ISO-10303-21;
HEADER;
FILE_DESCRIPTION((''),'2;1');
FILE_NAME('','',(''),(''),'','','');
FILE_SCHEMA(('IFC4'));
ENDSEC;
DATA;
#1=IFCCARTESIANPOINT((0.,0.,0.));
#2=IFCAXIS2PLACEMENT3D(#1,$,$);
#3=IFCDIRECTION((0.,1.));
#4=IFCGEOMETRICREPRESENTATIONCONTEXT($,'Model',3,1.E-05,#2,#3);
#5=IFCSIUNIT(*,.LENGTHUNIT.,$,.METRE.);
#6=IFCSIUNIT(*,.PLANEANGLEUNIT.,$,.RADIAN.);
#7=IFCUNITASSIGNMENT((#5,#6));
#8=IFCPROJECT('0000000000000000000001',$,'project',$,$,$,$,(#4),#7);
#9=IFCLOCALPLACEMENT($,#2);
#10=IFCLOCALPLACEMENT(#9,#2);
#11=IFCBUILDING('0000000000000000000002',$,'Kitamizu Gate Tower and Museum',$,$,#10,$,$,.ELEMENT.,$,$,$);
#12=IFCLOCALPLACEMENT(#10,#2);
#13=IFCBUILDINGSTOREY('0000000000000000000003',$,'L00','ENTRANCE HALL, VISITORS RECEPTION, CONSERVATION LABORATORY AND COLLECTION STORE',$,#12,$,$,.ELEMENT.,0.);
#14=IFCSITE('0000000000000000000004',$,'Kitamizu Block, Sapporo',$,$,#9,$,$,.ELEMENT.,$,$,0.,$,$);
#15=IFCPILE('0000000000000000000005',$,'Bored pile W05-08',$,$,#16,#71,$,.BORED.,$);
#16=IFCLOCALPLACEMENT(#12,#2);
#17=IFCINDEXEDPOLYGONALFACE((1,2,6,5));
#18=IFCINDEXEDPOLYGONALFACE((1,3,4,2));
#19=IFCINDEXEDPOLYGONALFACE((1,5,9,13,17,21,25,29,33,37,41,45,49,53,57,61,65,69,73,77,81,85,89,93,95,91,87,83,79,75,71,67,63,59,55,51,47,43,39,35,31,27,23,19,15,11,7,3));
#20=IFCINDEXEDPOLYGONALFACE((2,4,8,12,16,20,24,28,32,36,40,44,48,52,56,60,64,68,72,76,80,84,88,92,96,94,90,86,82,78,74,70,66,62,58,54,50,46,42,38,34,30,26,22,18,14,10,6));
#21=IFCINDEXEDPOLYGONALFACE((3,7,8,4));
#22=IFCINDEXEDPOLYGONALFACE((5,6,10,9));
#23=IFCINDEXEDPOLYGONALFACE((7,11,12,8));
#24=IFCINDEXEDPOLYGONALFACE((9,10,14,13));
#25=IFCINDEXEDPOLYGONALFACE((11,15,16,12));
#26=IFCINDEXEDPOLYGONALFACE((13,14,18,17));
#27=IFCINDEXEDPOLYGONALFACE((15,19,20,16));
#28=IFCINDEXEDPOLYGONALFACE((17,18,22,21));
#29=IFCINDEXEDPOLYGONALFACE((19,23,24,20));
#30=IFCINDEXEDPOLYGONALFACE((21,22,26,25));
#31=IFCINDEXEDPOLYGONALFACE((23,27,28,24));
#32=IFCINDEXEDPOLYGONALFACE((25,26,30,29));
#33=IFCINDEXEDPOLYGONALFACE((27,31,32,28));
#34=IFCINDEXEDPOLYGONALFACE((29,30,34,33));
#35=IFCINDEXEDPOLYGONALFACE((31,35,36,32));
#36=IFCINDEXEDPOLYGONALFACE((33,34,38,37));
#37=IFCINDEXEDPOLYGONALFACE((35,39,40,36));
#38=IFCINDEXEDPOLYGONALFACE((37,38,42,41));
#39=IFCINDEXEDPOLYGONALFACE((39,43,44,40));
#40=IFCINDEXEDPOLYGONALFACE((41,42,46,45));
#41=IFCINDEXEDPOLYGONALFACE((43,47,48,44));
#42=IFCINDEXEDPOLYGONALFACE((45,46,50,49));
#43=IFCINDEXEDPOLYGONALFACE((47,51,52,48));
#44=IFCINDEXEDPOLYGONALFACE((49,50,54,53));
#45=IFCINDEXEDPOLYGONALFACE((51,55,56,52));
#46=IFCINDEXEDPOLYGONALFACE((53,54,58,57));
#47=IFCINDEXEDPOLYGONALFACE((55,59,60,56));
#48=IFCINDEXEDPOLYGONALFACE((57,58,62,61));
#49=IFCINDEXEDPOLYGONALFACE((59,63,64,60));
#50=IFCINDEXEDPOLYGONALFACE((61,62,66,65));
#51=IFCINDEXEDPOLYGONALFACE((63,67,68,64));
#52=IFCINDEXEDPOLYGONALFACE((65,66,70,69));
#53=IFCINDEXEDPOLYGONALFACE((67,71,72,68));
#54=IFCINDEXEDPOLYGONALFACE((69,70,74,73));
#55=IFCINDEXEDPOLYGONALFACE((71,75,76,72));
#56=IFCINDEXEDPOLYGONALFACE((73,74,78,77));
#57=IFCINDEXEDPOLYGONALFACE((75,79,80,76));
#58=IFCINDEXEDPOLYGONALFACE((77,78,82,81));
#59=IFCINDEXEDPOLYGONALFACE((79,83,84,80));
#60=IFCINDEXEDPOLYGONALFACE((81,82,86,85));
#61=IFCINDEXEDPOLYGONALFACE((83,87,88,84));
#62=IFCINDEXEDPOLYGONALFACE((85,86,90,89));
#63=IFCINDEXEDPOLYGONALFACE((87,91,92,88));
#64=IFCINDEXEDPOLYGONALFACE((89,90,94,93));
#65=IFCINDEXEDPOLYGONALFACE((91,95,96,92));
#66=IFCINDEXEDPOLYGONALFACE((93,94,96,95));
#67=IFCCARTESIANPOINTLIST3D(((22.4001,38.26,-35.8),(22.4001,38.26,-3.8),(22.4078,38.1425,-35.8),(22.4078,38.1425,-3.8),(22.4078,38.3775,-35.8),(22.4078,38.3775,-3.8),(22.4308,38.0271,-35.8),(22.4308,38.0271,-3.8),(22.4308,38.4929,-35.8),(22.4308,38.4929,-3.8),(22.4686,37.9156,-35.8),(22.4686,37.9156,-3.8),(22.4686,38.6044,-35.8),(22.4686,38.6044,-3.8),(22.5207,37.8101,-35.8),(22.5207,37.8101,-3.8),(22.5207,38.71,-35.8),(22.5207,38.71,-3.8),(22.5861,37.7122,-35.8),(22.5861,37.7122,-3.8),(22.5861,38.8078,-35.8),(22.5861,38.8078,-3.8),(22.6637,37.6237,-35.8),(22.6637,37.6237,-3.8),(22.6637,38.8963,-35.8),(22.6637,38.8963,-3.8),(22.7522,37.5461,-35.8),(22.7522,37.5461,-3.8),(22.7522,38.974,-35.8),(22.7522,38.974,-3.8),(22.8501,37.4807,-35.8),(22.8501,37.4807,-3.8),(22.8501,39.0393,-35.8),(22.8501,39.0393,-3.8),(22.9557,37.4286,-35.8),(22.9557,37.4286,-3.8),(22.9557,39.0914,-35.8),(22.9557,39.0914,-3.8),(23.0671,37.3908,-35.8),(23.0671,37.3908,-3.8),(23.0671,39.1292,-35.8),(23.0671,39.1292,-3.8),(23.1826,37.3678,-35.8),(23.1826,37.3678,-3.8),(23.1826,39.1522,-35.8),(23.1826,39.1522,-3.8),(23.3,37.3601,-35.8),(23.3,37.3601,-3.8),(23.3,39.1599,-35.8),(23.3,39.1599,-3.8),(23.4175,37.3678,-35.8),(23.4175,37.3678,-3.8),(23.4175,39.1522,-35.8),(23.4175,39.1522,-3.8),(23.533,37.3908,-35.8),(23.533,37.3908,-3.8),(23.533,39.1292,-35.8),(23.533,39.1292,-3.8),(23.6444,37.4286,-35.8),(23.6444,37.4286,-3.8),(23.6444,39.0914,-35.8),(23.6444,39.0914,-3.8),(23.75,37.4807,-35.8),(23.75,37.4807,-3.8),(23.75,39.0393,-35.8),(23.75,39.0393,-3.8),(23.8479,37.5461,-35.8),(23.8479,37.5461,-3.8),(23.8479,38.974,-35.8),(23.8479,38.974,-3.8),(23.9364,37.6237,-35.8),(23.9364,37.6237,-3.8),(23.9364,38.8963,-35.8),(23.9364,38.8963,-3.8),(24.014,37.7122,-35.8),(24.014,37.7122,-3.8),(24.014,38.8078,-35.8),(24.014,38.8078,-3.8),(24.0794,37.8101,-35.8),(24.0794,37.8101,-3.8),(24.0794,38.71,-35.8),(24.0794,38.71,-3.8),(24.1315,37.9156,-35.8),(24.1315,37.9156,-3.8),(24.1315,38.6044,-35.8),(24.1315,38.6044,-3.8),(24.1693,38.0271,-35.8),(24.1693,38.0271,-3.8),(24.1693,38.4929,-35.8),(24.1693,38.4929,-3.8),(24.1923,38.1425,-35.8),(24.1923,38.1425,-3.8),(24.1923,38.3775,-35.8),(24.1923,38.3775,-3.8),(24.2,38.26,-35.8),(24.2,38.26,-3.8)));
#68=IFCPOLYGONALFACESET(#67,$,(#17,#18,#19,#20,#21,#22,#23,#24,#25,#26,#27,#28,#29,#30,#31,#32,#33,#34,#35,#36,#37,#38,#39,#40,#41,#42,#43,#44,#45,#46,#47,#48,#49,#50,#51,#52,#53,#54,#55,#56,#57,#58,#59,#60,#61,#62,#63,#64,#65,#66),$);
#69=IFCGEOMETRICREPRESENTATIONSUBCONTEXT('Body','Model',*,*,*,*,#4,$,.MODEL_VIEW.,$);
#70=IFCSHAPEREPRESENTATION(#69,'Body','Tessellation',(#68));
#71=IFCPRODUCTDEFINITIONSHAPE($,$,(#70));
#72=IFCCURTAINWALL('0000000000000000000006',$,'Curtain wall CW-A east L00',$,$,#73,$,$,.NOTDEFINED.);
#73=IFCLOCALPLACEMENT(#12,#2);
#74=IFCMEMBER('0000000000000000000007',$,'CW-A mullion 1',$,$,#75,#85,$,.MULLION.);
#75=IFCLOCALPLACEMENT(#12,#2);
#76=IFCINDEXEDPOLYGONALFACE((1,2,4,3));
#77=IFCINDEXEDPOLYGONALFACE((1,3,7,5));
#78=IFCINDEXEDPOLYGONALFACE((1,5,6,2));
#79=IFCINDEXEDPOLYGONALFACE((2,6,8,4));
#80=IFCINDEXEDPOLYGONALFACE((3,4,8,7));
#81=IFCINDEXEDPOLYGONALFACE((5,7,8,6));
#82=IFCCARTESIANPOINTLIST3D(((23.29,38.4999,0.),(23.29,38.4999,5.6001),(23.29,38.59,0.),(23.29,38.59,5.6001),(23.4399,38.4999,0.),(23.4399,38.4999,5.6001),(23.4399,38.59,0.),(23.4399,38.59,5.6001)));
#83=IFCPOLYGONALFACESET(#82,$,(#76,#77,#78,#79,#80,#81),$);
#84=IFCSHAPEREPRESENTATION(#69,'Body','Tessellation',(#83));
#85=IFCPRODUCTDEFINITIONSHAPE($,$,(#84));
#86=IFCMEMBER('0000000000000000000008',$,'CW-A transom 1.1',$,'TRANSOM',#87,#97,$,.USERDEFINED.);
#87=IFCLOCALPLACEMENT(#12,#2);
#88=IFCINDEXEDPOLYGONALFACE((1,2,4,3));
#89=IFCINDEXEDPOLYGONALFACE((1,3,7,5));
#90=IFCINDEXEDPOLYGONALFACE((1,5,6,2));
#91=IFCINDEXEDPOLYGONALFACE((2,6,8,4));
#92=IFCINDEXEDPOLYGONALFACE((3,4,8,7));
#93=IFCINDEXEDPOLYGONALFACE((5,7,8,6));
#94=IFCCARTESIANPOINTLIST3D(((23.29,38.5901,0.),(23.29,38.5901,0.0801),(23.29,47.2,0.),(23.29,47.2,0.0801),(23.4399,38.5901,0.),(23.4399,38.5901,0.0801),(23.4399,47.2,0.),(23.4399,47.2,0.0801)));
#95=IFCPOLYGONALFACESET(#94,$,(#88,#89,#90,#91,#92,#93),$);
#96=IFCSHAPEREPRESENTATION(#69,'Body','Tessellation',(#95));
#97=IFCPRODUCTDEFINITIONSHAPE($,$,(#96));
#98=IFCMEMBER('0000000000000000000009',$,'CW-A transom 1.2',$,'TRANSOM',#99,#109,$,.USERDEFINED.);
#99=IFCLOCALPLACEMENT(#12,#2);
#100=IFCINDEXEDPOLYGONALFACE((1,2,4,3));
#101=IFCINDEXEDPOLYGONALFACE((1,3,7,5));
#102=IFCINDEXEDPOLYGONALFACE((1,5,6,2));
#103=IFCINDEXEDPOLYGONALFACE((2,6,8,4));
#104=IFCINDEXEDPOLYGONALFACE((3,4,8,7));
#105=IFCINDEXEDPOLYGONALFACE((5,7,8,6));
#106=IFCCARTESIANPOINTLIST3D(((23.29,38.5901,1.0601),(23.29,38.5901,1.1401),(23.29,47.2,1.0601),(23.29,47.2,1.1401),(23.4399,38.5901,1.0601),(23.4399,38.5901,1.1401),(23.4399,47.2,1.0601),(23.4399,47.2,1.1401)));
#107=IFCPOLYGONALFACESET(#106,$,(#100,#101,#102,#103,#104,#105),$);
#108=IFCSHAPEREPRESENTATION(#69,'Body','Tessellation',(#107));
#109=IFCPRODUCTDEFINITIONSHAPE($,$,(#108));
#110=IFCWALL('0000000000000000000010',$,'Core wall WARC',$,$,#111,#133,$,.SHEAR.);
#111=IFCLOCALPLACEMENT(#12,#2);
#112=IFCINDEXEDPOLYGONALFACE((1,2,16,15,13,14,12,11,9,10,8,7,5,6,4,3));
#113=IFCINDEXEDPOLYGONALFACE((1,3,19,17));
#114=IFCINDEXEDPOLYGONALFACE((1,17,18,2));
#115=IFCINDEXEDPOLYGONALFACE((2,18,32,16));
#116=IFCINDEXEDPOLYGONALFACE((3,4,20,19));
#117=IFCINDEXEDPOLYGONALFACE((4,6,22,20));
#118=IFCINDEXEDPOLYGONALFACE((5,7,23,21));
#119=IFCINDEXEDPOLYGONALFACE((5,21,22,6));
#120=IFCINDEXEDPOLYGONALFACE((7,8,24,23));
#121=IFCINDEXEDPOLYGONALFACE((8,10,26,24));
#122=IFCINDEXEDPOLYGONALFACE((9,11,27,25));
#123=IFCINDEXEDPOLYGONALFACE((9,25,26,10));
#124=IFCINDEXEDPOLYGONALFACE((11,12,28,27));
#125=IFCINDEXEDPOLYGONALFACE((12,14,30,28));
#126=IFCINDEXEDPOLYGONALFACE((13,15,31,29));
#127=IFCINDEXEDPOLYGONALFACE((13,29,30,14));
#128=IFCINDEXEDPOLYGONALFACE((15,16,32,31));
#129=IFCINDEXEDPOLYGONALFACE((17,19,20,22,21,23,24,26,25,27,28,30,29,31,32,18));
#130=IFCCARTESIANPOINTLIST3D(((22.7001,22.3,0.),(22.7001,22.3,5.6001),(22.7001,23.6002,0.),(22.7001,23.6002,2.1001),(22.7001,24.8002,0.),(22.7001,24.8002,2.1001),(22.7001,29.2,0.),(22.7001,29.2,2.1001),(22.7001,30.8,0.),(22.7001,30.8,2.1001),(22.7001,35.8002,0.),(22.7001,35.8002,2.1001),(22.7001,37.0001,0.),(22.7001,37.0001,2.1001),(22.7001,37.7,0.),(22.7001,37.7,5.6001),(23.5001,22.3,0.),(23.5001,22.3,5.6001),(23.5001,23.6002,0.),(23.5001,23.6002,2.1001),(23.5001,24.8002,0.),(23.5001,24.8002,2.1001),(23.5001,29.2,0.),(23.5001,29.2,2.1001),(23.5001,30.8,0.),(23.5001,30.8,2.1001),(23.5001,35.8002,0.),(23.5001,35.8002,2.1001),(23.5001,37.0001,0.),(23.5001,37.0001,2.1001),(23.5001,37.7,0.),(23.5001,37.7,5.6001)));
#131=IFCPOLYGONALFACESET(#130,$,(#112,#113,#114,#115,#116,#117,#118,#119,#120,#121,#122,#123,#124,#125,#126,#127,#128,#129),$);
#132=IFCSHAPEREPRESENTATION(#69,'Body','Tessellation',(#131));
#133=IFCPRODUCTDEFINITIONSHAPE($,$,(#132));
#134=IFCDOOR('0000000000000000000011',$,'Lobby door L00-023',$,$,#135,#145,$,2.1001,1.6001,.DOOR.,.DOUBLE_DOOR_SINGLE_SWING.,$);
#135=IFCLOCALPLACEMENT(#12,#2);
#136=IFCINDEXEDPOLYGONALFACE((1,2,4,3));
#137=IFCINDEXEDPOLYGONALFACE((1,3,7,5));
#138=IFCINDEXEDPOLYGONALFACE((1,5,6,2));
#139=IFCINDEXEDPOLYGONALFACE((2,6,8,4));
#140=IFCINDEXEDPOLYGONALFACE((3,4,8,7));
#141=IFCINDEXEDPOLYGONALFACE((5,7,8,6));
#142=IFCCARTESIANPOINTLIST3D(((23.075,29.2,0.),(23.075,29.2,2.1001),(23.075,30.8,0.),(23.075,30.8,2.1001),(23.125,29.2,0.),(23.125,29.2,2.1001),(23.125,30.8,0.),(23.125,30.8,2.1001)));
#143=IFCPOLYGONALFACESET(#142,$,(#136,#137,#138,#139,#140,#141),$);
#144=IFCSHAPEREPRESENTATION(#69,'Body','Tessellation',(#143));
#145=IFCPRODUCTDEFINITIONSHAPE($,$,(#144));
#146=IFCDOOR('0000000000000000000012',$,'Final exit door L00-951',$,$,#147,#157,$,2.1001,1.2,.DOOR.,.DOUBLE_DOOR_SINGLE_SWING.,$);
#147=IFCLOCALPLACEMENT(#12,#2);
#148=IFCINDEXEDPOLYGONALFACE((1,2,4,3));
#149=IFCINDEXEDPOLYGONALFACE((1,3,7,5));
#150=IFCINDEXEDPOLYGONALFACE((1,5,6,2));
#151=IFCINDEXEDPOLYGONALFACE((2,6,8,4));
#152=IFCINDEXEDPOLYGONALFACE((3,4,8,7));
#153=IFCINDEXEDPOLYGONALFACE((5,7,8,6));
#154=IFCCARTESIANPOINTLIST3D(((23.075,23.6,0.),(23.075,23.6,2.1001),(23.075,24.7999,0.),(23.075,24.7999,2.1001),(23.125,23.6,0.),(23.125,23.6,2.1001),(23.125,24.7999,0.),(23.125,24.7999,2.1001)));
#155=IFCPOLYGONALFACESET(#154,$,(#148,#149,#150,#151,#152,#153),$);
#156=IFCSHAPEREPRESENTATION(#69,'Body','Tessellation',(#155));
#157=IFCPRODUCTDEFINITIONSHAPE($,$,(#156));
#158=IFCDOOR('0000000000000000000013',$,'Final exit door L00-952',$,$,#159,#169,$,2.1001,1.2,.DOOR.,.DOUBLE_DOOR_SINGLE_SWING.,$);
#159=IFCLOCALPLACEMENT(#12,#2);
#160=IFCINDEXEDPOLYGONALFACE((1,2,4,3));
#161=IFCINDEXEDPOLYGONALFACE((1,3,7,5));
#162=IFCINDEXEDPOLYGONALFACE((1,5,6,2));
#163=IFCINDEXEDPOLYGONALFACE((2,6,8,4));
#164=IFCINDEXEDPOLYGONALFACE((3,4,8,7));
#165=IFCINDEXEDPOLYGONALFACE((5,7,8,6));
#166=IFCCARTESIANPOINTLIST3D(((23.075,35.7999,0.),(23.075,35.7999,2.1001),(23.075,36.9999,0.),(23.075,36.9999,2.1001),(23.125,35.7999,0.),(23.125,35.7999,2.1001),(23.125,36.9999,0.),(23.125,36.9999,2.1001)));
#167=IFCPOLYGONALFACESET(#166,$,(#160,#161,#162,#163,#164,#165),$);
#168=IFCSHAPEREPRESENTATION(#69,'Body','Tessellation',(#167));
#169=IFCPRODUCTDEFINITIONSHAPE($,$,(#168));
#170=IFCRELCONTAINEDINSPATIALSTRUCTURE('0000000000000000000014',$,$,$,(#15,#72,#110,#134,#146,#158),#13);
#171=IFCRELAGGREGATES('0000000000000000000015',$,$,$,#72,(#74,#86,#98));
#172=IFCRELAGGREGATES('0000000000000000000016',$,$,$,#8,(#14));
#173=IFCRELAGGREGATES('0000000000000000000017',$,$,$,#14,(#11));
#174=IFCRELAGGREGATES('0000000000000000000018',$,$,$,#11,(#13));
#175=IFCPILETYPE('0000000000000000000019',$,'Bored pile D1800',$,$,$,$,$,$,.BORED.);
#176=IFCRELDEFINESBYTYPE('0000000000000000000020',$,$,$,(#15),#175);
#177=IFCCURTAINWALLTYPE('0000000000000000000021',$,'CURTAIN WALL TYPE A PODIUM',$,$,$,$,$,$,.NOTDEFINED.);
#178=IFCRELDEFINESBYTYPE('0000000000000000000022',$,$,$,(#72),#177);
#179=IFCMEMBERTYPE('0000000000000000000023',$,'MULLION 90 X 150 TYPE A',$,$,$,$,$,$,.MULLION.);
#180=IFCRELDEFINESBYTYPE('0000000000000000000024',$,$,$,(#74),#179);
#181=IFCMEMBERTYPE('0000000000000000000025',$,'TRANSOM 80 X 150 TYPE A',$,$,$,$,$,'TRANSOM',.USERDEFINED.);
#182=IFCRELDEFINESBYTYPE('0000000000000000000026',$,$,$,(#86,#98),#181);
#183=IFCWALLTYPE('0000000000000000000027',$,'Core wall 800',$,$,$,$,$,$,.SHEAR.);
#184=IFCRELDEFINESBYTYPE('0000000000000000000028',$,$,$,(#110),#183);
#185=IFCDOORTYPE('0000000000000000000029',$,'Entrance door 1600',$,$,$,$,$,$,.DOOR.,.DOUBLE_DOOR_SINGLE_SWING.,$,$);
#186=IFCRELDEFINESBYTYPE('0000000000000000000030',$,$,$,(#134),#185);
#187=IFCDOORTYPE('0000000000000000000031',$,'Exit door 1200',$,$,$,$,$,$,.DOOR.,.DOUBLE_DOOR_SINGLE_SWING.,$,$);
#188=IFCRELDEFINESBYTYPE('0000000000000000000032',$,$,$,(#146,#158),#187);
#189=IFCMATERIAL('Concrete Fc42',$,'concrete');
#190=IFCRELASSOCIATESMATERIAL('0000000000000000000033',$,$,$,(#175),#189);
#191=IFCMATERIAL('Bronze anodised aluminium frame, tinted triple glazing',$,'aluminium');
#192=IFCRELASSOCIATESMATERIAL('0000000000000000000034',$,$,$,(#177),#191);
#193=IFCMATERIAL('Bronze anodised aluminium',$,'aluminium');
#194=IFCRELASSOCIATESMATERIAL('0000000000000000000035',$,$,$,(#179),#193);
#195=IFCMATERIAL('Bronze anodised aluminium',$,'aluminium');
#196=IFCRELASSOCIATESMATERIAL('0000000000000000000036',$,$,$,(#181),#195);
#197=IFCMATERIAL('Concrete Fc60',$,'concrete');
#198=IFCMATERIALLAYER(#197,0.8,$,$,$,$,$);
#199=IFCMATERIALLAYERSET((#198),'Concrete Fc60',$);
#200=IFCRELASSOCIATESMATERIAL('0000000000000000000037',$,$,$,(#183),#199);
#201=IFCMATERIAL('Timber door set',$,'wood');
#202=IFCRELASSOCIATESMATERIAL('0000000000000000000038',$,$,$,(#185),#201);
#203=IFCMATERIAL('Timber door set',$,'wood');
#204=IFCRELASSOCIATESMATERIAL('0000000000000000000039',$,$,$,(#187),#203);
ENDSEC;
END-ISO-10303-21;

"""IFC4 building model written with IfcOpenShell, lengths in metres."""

from ifc_helpers import new_model, si_unit, direction, frame, frame_2d, origin, origin_2d, place, context, subcontext, project, spatial, rectangle, circle, extrude, material, layer, layer_set, material_profile, profile_set, type_object, element, fill, aggregate, save


model = new_model("IFC4")

# Units and contexts
model_context = context("Model", 3, precision=1e-05, world=origin(), true_north=direction((0.0, 1.0)))
body_context = subcontext(model_context, "Body", "Model", "MODEL_VIEW")
ifc_project = project(units=[si_unit("LENGTHUNIT", "METRE"), si_unit("PLANEANGLEUNIT", "RADIAN")], contexts=[model_context])

# Site, building, storey
site_placement = place(None, origin())
site = spatial("IfcSite", under=ifc_project, at=site_placement, Name="Kitamizu Block, Sapporo", CompositionType="ELEMENT", RefElevation=0.0)
building_placement = place(site_placement, origin())
building = spatial("IfcBuilding", under=site, at=building_placement, Name="Kitamizu Gate Tower and Museum", CompositionType="ELEMENT")
storey_placement = place(building_placement, origin())
storey = spatial("IfcBuildingStorey", under=building, at=storey_placement, Name="L00", Description="ENTRANCE HALL, VISITORS RECEPTION, CONSERVATION LABORATORY AND COLLECTION STORE", CompositionType="ELEMENT", Elevation=0.0)

# Pile
ifc_material_1 = material(Name="Concrete Fc42", Category="concrete")
ifc_material_profile_1 = material_profile(ifc_material_1, circle(Radius=0.8999, at=origin_2d()), Name="Bored pile D1800")
ifc_profile_set_1 = profile_set([ifc_material_profile_1], Name="Concrete Fc42")
pile_type = type_object("IfcPileType", Name="Bored pile D1800", PredefinedType="BORED", material=ifc_profile_set_1)
for number, where, z_axis, x_axis, name in (
    (1, (23.3, 38.26, -3.8), (0.0, 0.0, -1.0), (1.0, 0.0, 0.0), "Bored pile W05-08"),
):
    element("IfcPile", number, at=place(storey_placement, frame(where, z_axis=z_axis, x_axis=x_axis)), inside=storey, type_object=pile_type, Name=name, PredefinedType="BORED", context=body_context, shape_type="SweptSolid", body=[
        extrude(circle(Radius=0.8999, at=origin_2d()), origin(), (0.0, 0.0, 1.0), 32.0),
    ])

# Curtain wall, members
ifc_material_2 = material(Name="Bronze anodised aluminium frame, tinted triple glazing", Category="aluminium")
curtain_wall_type = type_object("IfcCurtainWallType", Name="CURTAIN WALL TYPE A PODIUM", PredefinedType="NOTDEFINED", material=ifc_material_2)
curtain_wall_placement = place(storey_placement, origin())
curtain_wall = element("IfcCurtainWall", 2, at=curtain_wall_placement, inside=storey, type_object=curtain_wall_type, Name="Curtain wall CW-A east L00", PredefinedType="NOTDEFINED")
ifc_material_3 = material(Name="Bronze anodised aluminium", Category="aluminium")
ifc_material_profile_2 = material_profile(ifc_material_3, rectangle(XDim=0.0901, YDim=0.1499, at=origin_2d()), Name="AL 90X150")
ifc_profile_set_2 = profile_set([ifc_material_profile_2], Name="Bronze anodised aluminium")
member_type_1 = type_object("IfcMemberType", Name="MULLION 90 X 150 TYPE A", PredefinedType="MULLION", material=ifc_profile_set_2)
member_1_placement = place(storey_placement, frame((23.365, 38.5449, 0.0), z_axis=(0.0, 0.0, 1.0), x_axis=(0.0, 1.0, 0.0)))
member_1 = element("IfcMember", 3, at=member_1_placement, type_object=member_type_1, Name="CW-A mullion 1", PredefinedType="MULLION", context=body_context, shape_type="SweptSolid", body=[
    extrude(rectangle(XDim=0.0901, YDim=0.1499, at=origin_2d()), origin(), (0.0, 0.0, 1.0), 5.6001),
])
ifc_material_4 = material(Name="Bronze anodised aluminium", Category="aluminium")
ifc_material_profile_3 = material_profile(ifc_material_4, rectangle(XDim=0.1499, YDim=0.0801, at=origin_2d()), Name="AL 80X150")
ifc_profile_set_3 = profile_set([ifc_material_profile_3], Name="Bronze anodised aluminium")
member_type_2 = type_object("IfcMemberType", Name="TRANSOM 80 X 150 TYPE A", ElementType="TRANSOM", PredefinedType="USERDEFINED", material=ifc_profile_set_3)
member_2_placement = place(storey_placement, frame((23.365, 38.5901, 0.04), z_axis=(0.0, 1.0, 0.0), x_axis=(-1.0, 0.0, 0.0)))
member_2 = element("IfcMember", 4, at=member_2_placement, type_object=member_type_2, Name="CW-A transom 1.1", ObjectType="TRANSOM", PredefinedType="USERDEFINED", context=body_context, shape_type="SweptSolid", body=[
    extrude(rectangle(XDim=0.1499, YDim=0.0801, at=origin_2d()), origin(), (0.0, 0.0, 1.0), 8.6099),
])
member_3_placement = place(storey_placement, frame((23.365, 38.5901, 1.1001), z_axis=(0.0, 1.0, 0.0), x_axis=(-1.0, 0.0, 0.0)))
member_3 = element("IfcMember", 5, at=member_3_placement, type_object=member_type_2, Name="CW-A transom 1.2", ObjectType="TRANSOM", PredefinedType="USERDEFINED", context=body_context, shape_type="SweptSolid", body=[
    extrude(rectangle(XDim=0.1499, YDim=0.0801, at=origin_2d()), origin(), (0.0, 0.0, 1.0), 8.6099),
])
aggregate(curtain_wall, [member_1, member_2, member_3])

# Wall, openings, doors
ifc_material_5 = material(Name="Concrete Fc60", Category="concrete")
ifc_layer_1 = layer(ifc_material_5, 0.8)
ifc_layer_set_1 = layer_set([ifc_layer_1], Name="Concrete Fc60")
wall_type_1 = type_object("IfcWallType", Name="Core wall 800", PredefinedType="SHEAR", material=ifc_layer_set_1)
wall_1_placement = place(storey_placement, frame((23.1001, 22.3, 0.0), z_axis=(0.0, 0.0, 1.0), x_axis=(0.0, 1.0, 0.0)))
wall_1 = element("IfcWall", 6, at=wall_1_placement, inside=storey, type_object=wall_type_1, Name="Core wall WARC", PredefinedType="SHEAR", context=body_context, shape_type="SweptSolid", body=[
    extrude(rectangle(XDim=15.3999, YDim=0.8, at=frame_2d((7.7, 0.0))), origin(), (0.0, 0.0, 1.0), 5.6001),
])
opening_1_placement = place(wall_1_placement, frame((6.8999, 0.0, 0.0)))
opening_1 = element("IfcOpeningElement", 7, at=opening_1_placement, cuts=wall_1, PredefinedType="OPENING", context=body_context, shape_type="SweptSolid", body=[
    extrude(rectangle(XDim=1.6001, YDim=2.1001, at=frame_2d((0.8, 1.05))), frame((0.0, 0.4102, 0.0), z_axis=(0.0, -1.0, 0.0), x_axis=(1.0, 0.0, 0.0)), (0.0, 0.0, 1.0), 0.8201),
])
opening_2_placement = place(wall_1_placement, frame((1.3, 0.0, 0.0)))
opening_2 = element("IfcOpeningElement", 8, at=opening_2_placement, cuts=wall_1, PredefinedType="OPENING", context=body_context, shape_type="SweptSolid", body=[
    extrude(rectangle(XDim=1.2, YDim=2.1001, at=frame_2d((0.6001, 1.05))), frame((0.0, 0.4102, 0.0), z_axis=(0.0, -1.0, 0.0), x_axis=(1.0, 0.0, 0.0)), (0.0, 0.0, 1.0), 0.8201),
])
opening_3_placement = place(wall_1_placement, frame((13.5, 0.0, 0.0)))
opening_3 = element("IfcOpeningElement", 9, at=opening_3_placement, cuts=wall_1, PredefinedType="OPENING", context=body_context, shape_type="SweptSolid", body=[
    extrude(rectangle(XDim=1.2, YDim=2.1001, at=frame_2d((0.6001, 1.05))), frame((0.0, 0.4102, 0.0), z_axis=(0.0, -1.0, 0.0), x_axis=(1.0, 0.0, 0.0)), (0.0, 0.0, 1.0), 0.8201),
])
ifc_material_6 = material(Name="Timber door set", Category="wood")
door_type_1 = type_object("IfcDoorType", Name="Entrance door 1600", OperationType="DOUBLE_DOOR_SINGLE_SWING", PredefinedType="DOOR", material=ifc_material_6)
door_1_placement = place(opening_1_placement, frame((1.6001, 0.0, 0.0), x_axis=(-1.0, 0.0, 0.0)))
door_1 = element("IfcDoor", 10, at=door_1_placement, inside=storey, type_object=door_type_1, Name="Lobby door L00-023", OperationType="DOUBLE_DOOR_SINGLE_SWING", OverallHeight=2.1001, OverallWidth=1.6001, PredefinedType="DOOR", context=body_context, shape_type="SweptSolid", body=[
    extrude(rectangle(XDim=1.6001, YDim=2.1001, at=frame_2d((0.8, 1.05))), frame((0.0, 0.0249, 0.0), z_axis=(0.0, -1.0, 0.0), x_axis=(1.0, 0.0, 0.0)), (0.0, 0.0, 1.0), 0.05),
])
fill(opening_1, door_1)
ifc_material_7 = material(Name="Timber door set", Category="wood")
door_type_2 = type_object("IfcDoorType", Name="Exit door 1200", OperationType="DOUBLE_DOOR_SINGLE_SWING", PredefinedType="DOOR", material=ifc_material_7)
door_2_placement = place(opening_2_placement, frame((1.2, 0.0, 0.0), x_axis=(-1.0, 0.0, 0.0)))
door_2 = element("IfcDoor", 11, at=door_2_placement, inside=storey, type_object=door_type_2, Name="Final exit door L00-951", OperationType="DOUBLE_DOOR_SINGLE_SWING", OverallHeight=2.1001, OverallWidth=1.2, PredefinedType="DOOR", context=body_context, shape_type="SweptSolid", body=[
    extrude(rectangle(XDim=1.2, YDim=2.1001, at=frame_2d((0.6001, 1.05))), frame((0.0, 0.0249, 0.0), z_axis=(0.0, -1.0, 0.0), x_axis=(1.0, 0.0, 0.0)), (0.0, 0.0, 1.0), 0.05),
])
fill(opening_2, door_2)
door_3_placement = place(opening_3_placement, frame((1.2, 0.0, 0.0), x_axis=(-1.0, 0.0, 0.0)))
door_3 = element("IfcDoor", 12, at=door_3_placement, inside=storey, type_object=door_type_2, Name="Final exit door L00-952", OperationType="DOUBLE_DOOR_SINGLE_SWING", OverallHeight=2.1001, OverallWidth=1.2, PredefinedType="DOOR", context=body_context, shape_type="SweptSolid", body=[
    extrude(rectangle(XDim=1.2, YDim=2.1001, at=frame_2d((0.6001, 1.05))), frame((0.0, 0.0249, 0.0), z_axis=(0.0, -1.0, 0.0), x_axis=(1.0, 0.0, 0.0)), (0.0, 0.0, 1.0), 0.05),
])
fill(opening_3, door_3)

save(model, "model.ifc")
